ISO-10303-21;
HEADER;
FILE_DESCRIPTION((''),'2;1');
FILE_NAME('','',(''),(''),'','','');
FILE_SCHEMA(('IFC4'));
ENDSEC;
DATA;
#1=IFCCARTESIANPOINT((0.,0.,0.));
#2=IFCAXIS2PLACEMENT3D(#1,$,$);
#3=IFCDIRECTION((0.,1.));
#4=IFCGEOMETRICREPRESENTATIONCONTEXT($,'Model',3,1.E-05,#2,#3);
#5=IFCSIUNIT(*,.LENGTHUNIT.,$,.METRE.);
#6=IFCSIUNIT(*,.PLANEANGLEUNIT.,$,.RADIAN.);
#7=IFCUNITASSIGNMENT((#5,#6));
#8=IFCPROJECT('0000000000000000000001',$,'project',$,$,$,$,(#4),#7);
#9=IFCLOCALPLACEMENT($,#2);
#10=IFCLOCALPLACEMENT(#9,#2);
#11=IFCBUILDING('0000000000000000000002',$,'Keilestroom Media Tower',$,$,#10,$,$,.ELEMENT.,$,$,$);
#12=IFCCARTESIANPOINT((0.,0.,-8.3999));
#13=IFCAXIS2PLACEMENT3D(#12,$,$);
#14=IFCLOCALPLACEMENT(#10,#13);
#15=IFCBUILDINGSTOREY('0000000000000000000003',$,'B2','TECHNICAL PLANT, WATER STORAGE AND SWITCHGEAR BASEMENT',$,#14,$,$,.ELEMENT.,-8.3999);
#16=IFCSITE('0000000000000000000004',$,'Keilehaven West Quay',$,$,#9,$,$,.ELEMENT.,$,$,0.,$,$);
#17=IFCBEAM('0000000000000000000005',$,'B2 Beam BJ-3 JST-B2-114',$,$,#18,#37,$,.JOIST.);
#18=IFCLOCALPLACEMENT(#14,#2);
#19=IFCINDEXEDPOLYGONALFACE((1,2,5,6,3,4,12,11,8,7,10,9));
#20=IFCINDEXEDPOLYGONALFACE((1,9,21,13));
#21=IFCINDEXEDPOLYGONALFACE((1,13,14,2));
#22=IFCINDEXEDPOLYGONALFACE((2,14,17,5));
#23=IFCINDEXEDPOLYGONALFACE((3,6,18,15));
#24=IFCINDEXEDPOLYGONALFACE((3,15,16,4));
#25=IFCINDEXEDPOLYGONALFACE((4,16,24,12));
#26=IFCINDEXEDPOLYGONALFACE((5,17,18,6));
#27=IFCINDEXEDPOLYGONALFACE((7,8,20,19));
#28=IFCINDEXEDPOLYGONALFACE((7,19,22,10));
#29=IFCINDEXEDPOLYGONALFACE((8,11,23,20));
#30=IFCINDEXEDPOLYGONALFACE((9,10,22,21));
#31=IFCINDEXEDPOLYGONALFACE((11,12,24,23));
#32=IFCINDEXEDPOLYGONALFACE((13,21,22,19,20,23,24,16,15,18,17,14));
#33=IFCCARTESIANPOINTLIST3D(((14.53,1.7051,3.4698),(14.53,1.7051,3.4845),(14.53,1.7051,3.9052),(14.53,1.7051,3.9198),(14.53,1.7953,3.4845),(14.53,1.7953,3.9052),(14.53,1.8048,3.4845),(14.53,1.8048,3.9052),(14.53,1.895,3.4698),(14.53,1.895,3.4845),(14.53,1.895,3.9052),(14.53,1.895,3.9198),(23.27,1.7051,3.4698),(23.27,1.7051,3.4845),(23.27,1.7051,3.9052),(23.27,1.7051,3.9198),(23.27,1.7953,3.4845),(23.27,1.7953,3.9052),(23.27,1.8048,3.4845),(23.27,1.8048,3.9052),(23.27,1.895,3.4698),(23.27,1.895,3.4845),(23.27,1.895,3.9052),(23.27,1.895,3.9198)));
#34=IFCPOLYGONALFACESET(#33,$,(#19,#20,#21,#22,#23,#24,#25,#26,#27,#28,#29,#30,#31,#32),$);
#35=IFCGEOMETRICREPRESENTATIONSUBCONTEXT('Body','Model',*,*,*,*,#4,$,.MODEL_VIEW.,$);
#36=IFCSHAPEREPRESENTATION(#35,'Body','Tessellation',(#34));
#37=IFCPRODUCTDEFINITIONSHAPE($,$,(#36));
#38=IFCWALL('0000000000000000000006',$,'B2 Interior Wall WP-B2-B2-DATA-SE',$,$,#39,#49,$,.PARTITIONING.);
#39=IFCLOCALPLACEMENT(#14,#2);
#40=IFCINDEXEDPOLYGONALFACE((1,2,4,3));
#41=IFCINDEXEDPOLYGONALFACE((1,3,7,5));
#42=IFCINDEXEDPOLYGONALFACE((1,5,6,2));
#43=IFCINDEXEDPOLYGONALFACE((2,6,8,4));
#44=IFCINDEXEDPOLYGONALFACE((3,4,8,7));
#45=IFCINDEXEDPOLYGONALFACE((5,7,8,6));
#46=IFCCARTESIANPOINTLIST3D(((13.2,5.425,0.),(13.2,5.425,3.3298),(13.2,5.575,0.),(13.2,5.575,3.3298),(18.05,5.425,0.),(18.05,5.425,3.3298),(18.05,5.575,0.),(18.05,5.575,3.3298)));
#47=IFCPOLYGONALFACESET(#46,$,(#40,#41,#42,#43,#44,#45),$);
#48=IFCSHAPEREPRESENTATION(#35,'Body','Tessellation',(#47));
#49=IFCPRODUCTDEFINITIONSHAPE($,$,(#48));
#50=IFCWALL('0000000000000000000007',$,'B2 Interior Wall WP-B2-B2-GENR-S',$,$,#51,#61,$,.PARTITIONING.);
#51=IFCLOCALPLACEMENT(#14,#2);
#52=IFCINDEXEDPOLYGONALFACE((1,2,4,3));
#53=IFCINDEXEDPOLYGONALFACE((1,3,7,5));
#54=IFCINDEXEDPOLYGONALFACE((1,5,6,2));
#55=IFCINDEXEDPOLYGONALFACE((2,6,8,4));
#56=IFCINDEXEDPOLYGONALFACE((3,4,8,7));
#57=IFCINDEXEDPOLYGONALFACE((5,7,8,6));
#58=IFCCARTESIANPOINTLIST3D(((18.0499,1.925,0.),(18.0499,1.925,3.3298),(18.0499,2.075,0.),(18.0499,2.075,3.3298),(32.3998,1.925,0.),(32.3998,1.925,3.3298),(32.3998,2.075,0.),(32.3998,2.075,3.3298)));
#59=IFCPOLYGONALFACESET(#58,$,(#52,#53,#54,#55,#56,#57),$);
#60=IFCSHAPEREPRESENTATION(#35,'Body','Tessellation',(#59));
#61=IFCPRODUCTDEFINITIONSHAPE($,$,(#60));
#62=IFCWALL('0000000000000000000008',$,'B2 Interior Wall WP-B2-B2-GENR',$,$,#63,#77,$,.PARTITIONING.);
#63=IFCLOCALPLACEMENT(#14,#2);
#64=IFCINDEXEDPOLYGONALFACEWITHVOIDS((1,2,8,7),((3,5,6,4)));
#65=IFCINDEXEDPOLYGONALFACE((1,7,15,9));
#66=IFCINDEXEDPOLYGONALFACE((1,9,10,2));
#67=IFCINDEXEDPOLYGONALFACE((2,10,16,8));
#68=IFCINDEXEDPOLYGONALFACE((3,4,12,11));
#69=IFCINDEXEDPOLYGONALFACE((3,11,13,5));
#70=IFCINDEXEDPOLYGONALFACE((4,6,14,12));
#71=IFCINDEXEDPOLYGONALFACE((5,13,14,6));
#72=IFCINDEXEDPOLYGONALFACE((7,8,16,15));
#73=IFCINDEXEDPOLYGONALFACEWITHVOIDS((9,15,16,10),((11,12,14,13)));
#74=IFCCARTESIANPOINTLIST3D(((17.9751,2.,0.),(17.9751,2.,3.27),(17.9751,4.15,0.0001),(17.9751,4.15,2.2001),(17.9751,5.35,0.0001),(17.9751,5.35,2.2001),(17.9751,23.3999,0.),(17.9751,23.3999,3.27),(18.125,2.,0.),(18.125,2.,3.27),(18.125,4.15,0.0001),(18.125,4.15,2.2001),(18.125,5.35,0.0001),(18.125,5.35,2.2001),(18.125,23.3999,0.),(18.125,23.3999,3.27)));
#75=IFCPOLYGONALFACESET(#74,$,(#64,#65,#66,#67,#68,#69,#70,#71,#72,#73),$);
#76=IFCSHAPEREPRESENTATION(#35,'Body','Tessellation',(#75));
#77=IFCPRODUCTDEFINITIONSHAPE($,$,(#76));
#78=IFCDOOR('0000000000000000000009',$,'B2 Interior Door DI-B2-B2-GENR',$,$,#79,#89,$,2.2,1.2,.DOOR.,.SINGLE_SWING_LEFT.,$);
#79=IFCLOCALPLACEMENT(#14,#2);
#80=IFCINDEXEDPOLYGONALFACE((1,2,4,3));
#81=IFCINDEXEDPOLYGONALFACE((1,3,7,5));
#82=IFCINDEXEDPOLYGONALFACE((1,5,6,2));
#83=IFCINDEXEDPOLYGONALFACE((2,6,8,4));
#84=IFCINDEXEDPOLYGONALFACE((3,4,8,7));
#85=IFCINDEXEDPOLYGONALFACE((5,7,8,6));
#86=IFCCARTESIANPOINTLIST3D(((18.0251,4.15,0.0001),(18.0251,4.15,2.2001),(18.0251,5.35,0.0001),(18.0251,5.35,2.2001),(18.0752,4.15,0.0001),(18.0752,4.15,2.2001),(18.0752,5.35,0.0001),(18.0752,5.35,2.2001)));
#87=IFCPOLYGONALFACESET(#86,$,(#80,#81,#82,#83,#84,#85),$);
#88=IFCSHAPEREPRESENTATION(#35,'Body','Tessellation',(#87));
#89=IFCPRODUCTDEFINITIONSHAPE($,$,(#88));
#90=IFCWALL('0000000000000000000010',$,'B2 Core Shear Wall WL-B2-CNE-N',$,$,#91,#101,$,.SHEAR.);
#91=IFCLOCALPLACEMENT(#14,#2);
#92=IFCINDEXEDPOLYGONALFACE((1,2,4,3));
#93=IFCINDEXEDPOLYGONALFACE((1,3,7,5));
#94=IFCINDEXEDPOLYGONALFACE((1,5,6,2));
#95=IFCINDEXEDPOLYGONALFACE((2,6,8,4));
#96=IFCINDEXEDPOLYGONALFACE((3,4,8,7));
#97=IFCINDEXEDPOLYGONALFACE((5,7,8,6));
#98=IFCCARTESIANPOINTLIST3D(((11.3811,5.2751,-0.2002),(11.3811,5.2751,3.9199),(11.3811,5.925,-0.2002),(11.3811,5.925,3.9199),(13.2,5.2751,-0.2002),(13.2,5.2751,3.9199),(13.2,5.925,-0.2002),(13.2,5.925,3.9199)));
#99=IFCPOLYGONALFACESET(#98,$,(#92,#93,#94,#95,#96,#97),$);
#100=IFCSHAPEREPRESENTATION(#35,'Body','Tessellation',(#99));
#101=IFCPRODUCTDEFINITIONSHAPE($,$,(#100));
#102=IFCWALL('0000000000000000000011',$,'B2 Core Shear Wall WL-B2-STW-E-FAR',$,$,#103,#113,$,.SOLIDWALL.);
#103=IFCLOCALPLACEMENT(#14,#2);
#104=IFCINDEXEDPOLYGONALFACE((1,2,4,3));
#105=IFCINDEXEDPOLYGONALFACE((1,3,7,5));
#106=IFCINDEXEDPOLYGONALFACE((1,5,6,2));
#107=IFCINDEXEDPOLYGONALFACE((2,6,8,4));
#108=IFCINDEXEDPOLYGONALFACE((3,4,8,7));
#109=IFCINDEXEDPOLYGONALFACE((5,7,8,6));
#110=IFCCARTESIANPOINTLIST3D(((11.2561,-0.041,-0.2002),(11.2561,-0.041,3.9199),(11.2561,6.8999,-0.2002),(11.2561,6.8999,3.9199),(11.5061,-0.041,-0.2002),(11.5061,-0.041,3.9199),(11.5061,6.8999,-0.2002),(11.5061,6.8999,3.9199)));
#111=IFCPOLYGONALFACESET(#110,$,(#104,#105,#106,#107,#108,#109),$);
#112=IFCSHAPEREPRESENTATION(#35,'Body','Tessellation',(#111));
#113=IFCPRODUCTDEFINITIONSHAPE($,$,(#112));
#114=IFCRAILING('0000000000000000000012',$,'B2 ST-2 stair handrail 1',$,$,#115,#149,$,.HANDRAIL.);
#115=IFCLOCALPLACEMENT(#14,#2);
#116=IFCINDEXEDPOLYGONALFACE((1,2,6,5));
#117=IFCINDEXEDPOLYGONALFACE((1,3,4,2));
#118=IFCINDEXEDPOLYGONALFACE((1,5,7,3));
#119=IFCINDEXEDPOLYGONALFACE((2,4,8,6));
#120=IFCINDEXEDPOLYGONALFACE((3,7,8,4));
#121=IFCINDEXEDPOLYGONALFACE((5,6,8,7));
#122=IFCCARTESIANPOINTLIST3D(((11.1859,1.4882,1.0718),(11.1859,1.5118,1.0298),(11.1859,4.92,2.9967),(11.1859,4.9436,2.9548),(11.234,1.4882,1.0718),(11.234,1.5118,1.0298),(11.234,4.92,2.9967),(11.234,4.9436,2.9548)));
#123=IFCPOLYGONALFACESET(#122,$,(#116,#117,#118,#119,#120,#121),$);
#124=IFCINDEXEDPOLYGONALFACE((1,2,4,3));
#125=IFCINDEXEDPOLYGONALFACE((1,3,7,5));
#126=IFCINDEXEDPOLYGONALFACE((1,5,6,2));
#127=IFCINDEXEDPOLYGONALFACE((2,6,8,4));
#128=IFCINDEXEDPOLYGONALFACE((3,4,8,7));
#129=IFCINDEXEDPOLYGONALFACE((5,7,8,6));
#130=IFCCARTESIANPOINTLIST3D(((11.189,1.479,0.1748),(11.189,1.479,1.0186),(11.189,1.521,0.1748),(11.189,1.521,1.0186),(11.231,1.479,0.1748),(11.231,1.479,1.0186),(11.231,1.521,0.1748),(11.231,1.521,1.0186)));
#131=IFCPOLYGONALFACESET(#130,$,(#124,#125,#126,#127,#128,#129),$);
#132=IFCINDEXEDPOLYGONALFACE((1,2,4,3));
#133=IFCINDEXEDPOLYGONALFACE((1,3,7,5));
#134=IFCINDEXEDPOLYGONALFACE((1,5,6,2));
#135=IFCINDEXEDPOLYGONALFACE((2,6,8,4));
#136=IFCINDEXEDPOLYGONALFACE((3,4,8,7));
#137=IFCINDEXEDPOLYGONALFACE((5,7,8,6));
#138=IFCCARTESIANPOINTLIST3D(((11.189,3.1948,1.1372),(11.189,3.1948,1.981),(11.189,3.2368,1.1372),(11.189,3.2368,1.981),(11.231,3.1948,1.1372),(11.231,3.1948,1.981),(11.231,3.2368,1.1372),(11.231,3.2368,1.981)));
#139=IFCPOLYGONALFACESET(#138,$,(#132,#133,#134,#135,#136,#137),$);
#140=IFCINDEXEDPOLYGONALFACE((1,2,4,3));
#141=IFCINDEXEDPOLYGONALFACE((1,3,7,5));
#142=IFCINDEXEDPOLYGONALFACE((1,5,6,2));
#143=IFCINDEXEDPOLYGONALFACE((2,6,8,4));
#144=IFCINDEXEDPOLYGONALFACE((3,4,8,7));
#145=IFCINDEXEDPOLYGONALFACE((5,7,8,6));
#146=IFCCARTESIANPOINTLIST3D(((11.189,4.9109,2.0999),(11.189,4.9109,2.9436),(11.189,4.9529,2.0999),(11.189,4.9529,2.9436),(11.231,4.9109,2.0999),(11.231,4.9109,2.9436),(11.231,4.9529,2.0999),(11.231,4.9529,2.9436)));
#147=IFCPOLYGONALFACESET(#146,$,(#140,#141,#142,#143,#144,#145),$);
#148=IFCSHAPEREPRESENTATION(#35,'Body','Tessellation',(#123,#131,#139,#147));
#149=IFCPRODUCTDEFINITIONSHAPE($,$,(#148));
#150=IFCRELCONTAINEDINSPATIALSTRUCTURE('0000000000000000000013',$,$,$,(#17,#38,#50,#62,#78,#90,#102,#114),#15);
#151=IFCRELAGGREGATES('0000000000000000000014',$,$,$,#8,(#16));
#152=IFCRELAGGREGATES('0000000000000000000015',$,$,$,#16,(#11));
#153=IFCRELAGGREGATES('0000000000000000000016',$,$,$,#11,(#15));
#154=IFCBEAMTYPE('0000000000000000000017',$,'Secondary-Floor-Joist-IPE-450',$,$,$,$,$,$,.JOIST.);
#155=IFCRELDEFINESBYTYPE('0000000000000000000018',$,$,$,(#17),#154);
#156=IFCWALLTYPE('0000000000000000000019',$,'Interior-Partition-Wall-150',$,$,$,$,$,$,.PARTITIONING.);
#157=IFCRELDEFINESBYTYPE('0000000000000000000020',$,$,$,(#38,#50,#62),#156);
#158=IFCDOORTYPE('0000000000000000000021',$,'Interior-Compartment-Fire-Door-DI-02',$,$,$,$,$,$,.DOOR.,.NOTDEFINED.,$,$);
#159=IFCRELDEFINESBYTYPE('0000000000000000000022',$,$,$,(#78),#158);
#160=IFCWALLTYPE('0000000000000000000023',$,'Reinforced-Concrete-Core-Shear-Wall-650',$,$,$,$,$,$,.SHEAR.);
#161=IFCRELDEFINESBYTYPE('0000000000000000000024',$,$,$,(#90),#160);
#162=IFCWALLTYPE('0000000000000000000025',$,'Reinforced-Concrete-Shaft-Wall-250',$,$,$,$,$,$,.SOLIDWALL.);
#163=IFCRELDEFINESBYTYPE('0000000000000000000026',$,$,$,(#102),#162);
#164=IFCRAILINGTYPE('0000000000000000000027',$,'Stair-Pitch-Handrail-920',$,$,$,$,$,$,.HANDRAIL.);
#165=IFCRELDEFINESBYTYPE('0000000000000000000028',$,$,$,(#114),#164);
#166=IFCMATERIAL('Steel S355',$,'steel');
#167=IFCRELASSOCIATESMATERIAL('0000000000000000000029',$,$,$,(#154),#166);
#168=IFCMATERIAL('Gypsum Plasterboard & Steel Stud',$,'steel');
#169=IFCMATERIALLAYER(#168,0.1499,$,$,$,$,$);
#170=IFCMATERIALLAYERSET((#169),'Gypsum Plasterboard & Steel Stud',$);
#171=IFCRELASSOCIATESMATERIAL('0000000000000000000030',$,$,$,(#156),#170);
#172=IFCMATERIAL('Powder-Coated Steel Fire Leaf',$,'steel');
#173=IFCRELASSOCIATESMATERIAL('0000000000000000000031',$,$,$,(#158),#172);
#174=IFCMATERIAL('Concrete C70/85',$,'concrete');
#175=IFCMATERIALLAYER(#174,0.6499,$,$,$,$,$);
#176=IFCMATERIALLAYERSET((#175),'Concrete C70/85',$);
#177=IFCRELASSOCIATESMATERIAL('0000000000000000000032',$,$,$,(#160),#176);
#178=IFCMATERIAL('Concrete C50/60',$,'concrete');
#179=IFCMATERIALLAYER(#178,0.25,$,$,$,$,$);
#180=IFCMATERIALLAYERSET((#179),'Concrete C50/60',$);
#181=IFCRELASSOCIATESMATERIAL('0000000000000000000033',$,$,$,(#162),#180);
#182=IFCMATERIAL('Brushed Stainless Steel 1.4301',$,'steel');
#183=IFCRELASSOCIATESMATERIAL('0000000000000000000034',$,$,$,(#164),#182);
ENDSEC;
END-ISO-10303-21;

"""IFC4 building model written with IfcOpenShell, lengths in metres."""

from ifc_helpers import new_model, si_unit, direction, frame, frame_2d, origin, origin_2d, place, context, subcontext, project, spatial, rectangle, i_section, extrude, source, transform, mapped, material, layer, layer_set, material_profile, profile_set, type_object, element, fill, save


model = new_model("IFC4")

# Units and contexts
model_context = context("Model", 3, precision=1e-05, world=origin(), true_north=direction((0.0, 1.0)))
body_context = subcontext(model_context, "Body", "Model", "MODEL_VIEW")
ifc_project = project(units=[si_unit("LENGTHUNIT", "METRE"), si_unit("PLANEANGLEUNIT", "RADIAN")], contexts=[model_context])

# Site, building, storey
site_placement = place(None, origin())
site = spatial("IfcSite", under=ifc_project, at=site_placement, Name="Keilehaven West Quay", CompositionType="ELEMENT", RefElevation=0.0)
building_placement = place(site_placement, origin())
building = spatial("IfcBuilding", under=site, at=building_placement, Name="Keilestroom Media Tower", CompositionType="ELEMENT")
storey_placement = place(building_placement, frame((0.0, 0.0, -8.3999)))
storey = spatial("IfcBuildingStorey", under=building, at=storey_placement, Name="B2", Description="TECHNICAL PLANT, WATER STORAGE AND SWITCHGEAR BASEMENT", CompositionType="ELEMENT", Elevation=-8.3999)

# Shared definitions
ifc_material_1 = material(Name="Concrete C70/85", Category="concrete")

# Beam
ifc_material_2 = material(Name="Steel S355", Category="steel")
ifc_material_profile_1 = material_profile(ifc_material_2, i_section(OverallWidth=0.1899, OverallDepth=0.45, WebThickness=0.0095, FlangeThickness=0.0146, at=origin_2d()), Name="IPE 450")
ifc_profile_set_1 = profile_set([ifc_material_profile_1], Name="Steel S355")
beam_type_1 = type_object("IfcBeamType", Name="Secondary-Floor-Joist-IPE-450", PredefinedType="JOIST", material=ifc_profile_set_1)
shared_shape_1 = source(origin(), body_context, "Body", "SweptSolid", [
    extrude(i_section(OverallWidth=0.1899, OverallDepth=0.45, WebThickness=0.0095, FlangeThickness=0.0146, at=origin_2d()), origin(), (0.0, 0.0, 1.0), 8.74),
])
for number, where, z_axis, x_axis, name in (
    (1, (14.53, 1.8, 3.6948), (1.0, 0.0, 0.0), (0.0, 1.0, 0.0), "B2 Beam BJ-3 JST-B2-114"),
):
    element("IfcBeam", number, at=place(storey_placement, frame(where, z_axis=z_axis, x_axis=x_axis)), inside=storey, type_object=beam_type_1, Name=name, PredefinedType="JOIST", context=body_context, shape_type="MappedRepresentation", body=[
        mapped(shared_shape_1, transform((0.0, 0.0, 0.0), x_axis=(1.0, 0.0, 0.0), y_axis=(0.0, 1.0, 0.0), z_axis=(0.0, 0.0, 1.0), scale=1.0)),
    ])

# Walls
ifc_material_3 = material(Name="Gypsum Plasterboard & Steel Stud", Category="steel")
ifc_layer_1 = layer(ifc_material_3, 0.1499)
ifc_layer_set_1 = layer_set([ifc_layer_1], Name="Gypsum Plasterboard & Steel Stud")
wall_type_1 = type_object("IfcWallType", Name="Interior-Partition-Wall-150", PredefinedType="PARTITIONING", material=ifc_layer_set_1)
wall_1_placement = place(storey_placement, frame((13.2, 5.5, 0.0), z_axis=(0.0, 0.0, 1.0), x_axis=(1.0, 0.0, 0.0)))
element("IfcWall", 2, at=wall_1_placement, inside=storey, type_object=wall_type_1, Name="B2 Interior Wall WP-B2-B2-DATA-SE", PredefinedType="PARTITIONING", context=body_context, shape_type="SweptSolid", body=[
    extrude(rectangle(XDim=4.8501, YDim=0.1499, at=frame_2d((2.425, 0.0))), origin(), (0.0, 0.0, 1.0), 3.3298),
])
wall_2_placement = place(storey_placement, frame((18.05, 2.0, 0.0), z_axis=(0.0, 0.0, 1.0), x_axis=(1.0, 0.0, 0.0)))
element("IfcWall", 3, at=wall_2_placement, inside=storey, type_object=wall_type_1, Name="B2 Interior Wall WP-B2-B2-GENR-S", PredefinedType="PARTITIONING", context=body_context, shape_type="SweptSolid", body=[
    extrude(rectangle(XDim=14.3499, YDim=0.1499, at=frame_2d((7.1748, 0.0))), origin(), (0.0, 0.0, 1.0), 3.3298),
])

# Wall, opening, door
wall_3_placement = place(storey_placement, frame((18.05, 2.0, 0.0), z_axis=(0.0, 0.0, 1.0), x_axis=(0.0, 1.0, 0.0)))
wall_3 = element("IfcWall", 4, at=wall_3_placement, inside=storey, type_object=wall_type_1, Name="B2 Interior Wall WP-B2-B2-GENR", PredefinedType="PARTITIONING", context=body_context, shape_type="SweptSolid", body=[
    extrude(rectangle(XDim=21.3999, YDim=0.1499, at=frame_2d((10.7, 0.0))), origin(), (0.0, 0.0, 1.0), 3.27),
])
opening_placement = place(wall_3_placement, frame((2.1499, 0.0, 0.0)))
opening = element("IfcOpeningElement", 5, at=opening_placement, cuts=wall_3, PredefinedType="OPENING", context=body_context, shape_type="SweptSolid", body=[
    extrude(rectangle(XDim=1.2, YDim=2.2, at=frame_2d((0.6001, 1.1001))), frame((0.0, 0.085, 0.0), z_axis=(0.0, -1.0, 0.0), x_axis=(1.0, 0.0, 0.0)), (0.0, 0.0, 1.0), 0.1699),
])
ifc_material_4 = material(Name="Powder-Coated Steel Fire Leaf", Category="steel")
door_type = type_object("IfcDoorType", Name="Interior-Compartment-Fire-Door-DI-02", OperationType="NOTDEFINED", PredefinedType="DOOR", material=ifc_material_4)
shared_shape_2 = source(origin(), body_context, "Body", "SweptSolid", [
    extrude(rectangle(XDim=1.2, YDim=2.2, at=frame_2d((0.6001, 1.1001))), frame((0.0, 0.0249, 0.0), z_axis=(0.0, -1.0, 0.0), x_axis=(1.0, 0.0, 0.0)), (0.0, 0.0, 1.0), 0.05),
])
door_placement = place(opening_placement, origin())
door = element("IfcDoor", 6, at=door_placement, inside=storey, type_object=door_type, Name="B2 Interior Door DI-B2-B2-GENR", OperationType="SINGLE_SWING_LEFT", OverallHeight=2.2, OverallWidth=1.2, PredefinedType="DOOR", context=body_context, shape_type="MappedRepresentation", body=[
    mapped(shared_shape_2, transform((0.0, 0.0, 0.0), x_axis=(1.0, 0.0, 0.0), y_axis=(0.0, 1.0, 0.0), z_axis=(0.0, 0.0, 1.0), scale=1.0)),
])
fill(opening, door)

# Walls
ifc_layer_2 = layer(ifc_material_1, 0.6499)
ifc_layer_set_2 = layer_set([ifc_layer_2], Name="Concrete C70/85")
wall_type_2 = type_object("IfcWallType", Name="Reinforced-Concrete-Core-Shear-Wall-650", PredefinedType="SHEAR", material=ifc_layer_set_2)
wall_4_placement = place(storey_placement, frame((11.3811, 5.6001, -0.2002), z_axis=(0.0, 0.0, 1.0), x_axis=(1.0, 0.0, 0.0)))
element("IfcWall", 7, at=wall_4_placement, inside=storey, type_object=wall_type_2, Name="B2 Core Shear Wall WL-B2-CNE-N", PredefinedType="SHEAR", context=body_context, shape_type="SweptSolid", body=[
    extrude(rectangle(XDim=1.8188, YDim=0.6499, at=frame_2d((0.9094, 0.0))), origin(), (0.0, 0.0, 1.0), 4.1201),
])
ifc_material_5 = material(Name="Concrete C50/60", Category="concrete")
ifc_layer_3 = layer(ifc_material_5, 0.25)
ifc_layer_set_3 = layer_set([ifc_layer_3], Name="Concrete C50/60")
wall_type_3 = type_object("IfcWallType", Name="Reinforced-Concrete-Shaft-Wall-250", PredefinedType="SOLIDWALL", material=ifc_layer_set_3)
wall_5_placement = place(storey_placement, frame((11.3811, -0.041, -0.2002), z_axis=(0.0, 0.0, 1.0), x_axis=(0.0, 1.0, 0.0)))
element("IfcWall", 8, at=wall_5_placement, inside=storey, type_object=wall_type_3, Name="B2 Core Shear Wall WL-B2-STW-E-FAR", PredefinedType="SOLIDWALL", context=body_context, shape_type="SweptSolid", body=[
    extrude(rectangle(XDim=6.9409, YDim=0.25, at=frame_2d((3.4705, 0.0))), origin(), (0.0, 0.0, 1.0), 4.1201),
])

# Railing
ifc_material_6 = material(Name="Brushed Stainless Steel 1.4301", Category="steel")
railing_type = type_object("IfcRailingType", Name="Stair-Pitch-Handrail-920", PredefinedType="HANDRAIL", material=ifc_material_6)
railing_placement = place(storey_placement, frame((11.21, 1.5, 0.1748)))
element("IfcRailing", 9, at=railing_placement, inside=storey, type_object=railing_type, Name="B2 ST-2 stair handrail 1", PredefinedType="HANDRAIL", context=body_context, shape_type="SweptSolid", body=[
    extrude(rectangle(XDim=0.0481, YDim=0.0481, at=origin_2d()), frame((0.0, 0.0, 0.876), z_axis=(0.0, 0.87216, 0.489221), x_axis=(-1.0, 0.0, 0.0)), (0.0, 0.0, 1.0), 3.9348),
    extrude(rectangle(XDim=0.042, YDim=0.042, at=origin_2d()), origin(), (0.0, 0.0, 1.0), 0.8438),
    extrude(rectangle(XDim=0.042, YDim=0.042, at=origin_2d()), frame((0.0, 1.7158, 0.9624)), (0.0, 0.0, 1.0), 0.8438),
    extrude(rectangle(XDim=0.042, YDim=0.042, at=origin_2d()), frame((0.0, 3.4319, 1.925)), (0.0, 0.0, 1.0), 0.8438),
])

save(model, "model.ifc")
